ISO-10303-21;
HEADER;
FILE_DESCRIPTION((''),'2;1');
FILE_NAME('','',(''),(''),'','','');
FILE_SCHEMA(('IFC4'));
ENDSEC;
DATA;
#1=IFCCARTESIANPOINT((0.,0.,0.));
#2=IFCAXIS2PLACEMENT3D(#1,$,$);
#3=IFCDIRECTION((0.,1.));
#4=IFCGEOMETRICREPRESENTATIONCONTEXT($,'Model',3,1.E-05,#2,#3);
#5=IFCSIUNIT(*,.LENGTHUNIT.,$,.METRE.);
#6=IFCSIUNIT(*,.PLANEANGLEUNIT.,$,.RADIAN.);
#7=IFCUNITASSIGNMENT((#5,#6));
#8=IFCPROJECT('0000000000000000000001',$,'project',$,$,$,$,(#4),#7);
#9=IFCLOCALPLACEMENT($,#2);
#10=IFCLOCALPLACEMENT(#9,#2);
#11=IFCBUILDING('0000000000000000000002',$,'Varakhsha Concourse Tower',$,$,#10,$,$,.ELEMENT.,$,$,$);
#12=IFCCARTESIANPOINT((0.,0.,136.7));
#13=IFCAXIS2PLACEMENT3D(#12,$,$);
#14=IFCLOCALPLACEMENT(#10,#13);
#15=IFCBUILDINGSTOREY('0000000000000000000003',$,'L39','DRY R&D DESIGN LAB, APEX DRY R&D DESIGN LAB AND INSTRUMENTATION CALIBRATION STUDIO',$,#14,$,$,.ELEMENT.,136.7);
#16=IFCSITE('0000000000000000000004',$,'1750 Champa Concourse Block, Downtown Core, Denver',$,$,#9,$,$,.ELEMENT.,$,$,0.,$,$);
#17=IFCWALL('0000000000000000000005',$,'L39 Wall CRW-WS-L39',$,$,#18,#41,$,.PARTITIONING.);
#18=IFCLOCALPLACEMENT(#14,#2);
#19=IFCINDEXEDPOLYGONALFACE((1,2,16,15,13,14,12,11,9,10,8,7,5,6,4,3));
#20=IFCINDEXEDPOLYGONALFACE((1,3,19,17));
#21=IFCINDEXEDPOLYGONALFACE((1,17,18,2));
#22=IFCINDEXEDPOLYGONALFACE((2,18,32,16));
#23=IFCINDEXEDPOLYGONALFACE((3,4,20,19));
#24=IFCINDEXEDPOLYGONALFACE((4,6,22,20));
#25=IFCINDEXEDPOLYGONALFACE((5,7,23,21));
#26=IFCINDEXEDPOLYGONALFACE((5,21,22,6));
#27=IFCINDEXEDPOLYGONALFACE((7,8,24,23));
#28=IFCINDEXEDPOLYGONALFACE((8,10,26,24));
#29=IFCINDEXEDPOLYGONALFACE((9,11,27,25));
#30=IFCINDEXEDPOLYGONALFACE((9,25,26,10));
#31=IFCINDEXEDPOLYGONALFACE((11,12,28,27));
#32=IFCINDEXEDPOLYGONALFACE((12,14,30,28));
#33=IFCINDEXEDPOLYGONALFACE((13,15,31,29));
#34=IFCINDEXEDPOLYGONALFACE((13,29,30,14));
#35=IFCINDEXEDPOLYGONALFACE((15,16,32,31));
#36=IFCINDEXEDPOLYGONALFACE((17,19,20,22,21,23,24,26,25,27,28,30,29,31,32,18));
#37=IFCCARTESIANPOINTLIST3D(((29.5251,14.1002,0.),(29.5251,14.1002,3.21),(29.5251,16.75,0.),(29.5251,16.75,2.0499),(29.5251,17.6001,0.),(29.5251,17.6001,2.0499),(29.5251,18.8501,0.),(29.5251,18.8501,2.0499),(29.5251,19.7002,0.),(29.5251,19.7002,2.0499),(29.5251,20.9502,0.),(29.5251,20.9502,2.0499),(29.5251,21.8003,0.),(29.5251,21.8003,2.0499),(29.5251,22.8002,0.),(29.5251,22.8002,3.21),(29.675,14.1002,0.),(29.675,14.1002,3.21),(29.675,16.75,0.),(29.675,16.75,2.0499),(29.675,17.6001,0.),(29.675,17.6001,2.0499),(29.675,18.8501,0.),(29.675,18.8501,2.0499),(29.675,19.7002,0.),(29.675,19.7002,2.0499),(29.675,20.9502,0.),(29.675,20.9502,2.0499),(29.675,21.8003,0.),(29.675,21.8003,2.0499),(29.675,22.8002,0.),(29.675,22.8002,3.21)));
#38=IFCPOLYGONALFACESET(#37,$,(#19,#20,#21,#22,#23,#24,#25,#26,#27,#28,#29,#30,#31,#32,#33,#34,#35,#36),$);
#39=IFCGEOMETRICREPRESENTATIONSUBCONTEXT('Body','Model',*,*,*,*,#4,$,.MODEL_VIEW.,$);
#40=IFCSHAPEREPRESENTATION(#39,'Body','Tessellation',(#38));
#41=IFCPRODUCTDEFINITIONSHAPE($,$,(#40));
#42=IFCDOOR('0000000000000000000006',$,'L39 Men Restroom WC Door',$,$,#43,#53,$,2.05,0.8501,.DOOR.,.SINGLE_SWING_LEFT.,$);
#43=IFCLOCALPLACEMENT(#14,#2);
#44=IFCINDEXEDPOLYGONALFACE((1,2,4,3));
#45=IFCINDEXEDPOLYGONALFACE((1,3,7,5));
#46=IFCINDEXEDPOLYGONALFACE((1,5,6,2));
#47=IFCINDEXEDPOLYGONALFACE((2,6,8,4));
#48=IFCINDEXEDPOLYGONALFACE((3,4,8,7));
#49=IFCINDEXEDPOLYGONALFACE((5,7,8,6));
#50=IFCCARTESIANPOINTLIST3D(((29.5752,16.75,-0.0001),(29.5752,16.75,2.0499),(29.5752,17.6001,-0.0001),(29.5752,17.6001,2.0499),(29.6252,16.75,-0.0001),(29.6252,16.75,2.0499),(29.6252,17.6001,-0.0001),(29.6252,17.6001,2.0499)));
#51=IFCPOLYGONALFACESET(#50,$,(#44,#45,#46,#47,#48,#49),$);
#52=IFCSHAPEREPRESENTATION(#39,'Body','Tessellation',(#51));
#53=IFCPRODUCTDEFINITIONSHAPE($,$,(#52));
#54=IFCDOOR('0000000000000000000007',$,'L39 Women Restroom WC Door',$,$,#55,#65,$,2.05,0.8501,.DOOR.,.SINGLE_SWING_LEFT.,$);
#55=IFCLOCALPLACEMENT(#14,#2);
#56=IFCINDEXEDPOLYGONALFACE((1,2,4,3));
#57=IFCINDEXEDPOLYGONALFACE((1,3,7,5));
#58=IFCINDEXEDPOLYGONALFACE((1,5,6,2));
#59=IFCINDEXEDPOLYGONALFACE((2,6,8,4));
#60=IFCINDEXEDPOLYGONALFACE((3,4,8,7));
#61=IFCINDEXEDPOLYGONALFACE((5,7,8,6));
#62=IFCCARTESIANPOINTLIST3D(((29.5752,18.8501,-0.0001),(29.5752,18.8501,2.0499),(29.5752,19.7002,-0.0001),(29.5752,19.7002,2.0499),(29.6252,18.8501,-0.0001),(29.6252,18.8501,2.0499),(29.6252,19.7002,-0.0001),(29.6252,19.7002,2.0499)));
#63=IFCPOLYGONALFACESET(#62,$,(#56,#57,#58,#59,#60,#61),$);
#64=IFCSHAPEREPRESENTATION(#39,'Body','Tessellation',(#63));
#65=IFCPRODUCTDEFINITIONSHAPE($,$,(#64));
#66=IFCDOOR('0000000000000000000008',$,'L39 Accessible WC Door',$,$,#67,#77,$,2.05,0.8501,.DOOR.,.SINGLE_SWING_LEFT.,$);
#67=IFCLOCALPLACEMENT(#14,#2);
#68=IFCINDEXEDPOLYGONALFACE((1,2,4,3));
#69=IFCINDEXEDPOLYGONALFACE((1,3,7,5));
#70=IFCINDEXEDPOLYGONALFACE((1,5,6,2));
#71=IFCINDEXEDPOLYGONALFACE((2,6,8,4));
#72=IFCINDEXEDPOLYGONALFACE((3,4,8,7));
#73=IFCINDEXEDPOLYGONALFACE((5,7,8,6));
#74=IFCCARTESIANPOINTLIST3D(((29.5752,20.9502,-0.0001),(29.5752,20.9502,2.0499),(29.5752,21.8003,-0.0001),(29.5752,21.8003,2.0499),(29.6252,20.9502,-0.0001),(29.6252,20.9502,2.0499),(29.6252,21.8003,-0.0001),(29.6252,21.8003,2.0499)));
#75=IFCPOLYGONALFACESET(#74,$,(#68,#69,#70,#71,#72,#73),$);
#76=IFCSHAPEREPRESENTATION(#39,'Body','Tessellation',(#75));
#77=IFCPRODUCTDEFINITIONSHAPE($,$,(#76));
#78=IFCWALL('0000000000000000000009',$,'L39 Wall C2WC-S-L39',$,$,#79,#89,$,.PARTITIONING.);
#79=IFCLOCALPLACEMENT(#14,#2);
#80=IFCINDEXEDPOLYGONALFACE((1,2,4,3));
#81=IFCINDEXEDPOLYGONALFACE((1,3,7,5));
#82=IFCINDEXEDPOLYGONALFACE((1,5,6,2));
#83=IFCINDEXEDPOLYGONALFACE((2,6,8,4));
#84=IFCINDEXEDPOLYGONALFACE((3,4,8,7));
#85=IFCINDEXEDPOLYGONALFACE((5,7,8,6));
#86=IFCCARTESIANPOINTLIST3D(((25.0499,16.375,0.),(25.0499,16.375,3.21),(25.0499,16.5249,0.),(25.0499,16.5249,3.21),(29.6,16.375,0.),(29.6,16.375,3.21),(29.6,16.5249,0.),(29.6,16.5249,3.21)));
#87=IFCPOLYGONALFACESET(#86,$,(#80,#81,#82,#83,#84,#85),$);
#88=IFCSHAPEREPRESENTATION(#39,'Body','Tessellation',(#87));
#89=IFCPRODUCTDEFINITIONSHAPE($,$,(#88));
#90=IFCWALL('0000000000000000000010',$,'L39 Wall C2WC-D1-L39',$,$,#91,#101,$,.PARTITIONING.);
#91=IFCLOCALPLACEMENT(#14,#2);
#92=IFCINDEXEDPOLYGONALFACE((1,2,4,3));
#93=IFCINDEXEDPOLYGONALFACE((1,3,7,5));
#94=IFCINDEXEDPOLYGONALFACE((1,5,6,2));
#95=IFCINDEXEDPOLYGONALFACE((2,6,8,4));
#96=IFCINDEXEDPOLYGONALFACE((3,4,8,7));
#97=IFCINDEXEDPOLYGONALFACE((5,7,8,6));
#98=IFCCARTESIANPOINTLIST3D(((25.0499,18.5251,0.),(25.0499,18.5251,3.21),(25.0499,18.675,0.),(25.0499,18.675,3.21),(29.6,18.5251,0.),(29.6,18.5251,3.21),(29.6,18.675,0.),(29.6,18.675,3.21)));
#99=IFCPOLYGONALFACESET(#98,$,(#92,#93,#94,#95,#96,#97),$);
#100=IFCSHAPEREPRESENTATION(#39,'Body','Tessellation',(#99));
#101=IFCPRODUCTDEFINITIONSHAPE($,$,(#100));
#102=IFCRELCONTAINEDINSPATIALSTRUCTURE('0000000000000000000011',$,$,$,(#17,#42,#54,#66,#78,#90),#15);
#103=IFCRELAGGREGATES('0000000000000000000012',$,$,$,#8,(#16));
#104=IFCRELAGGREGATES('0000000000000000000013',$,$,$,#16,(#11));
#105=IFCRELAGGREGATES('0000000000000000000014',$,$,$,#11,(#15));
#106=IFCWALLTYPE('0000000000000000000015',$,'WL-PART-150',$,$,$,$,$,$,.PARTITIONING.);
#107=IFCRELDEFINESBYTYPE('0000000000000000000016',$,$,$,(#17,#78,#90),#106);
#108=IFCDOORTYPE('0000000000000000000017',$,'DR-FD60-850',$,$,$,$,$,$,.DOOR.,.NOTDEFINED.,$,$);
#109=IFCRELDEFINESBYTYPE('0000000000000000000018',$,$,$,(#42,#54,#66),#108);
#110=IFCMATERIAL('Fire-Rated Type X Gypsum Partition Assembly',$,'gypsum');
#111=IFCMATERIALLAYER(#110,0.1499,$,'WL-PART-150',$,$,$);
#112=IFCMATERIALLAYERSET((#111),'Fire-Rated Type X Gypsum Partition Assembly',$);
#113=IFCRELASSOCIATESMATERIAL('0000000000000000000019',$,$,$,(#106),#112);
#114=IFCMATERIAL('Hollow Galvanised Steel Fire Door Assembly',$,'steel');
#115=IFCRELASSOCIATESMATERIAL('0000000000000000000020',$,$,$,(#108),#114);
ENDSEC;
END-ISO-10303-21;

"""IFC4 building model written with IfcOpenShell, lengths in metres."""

from ifc_helpers import new_model, si_unit, direction, frame, frame_2d, origin, place, context, subcontext, project, spatial, rectangle, extrude, material, layer, layer_set, type_object, element, fill, save


model = new_model("IFC4")

# Units and contexts
model_context = context("Model", 3, precision=1e-05, world=origin(), true_north=direction((0.0, 1.0)))
body_context = subcontext(model_context, "Body", "Model", "MODEL_VIEW")
ifc_project = project(units=[si_unit("LENGTHUNIT", "METRE"), si_unit("PLANEANGLEUNIT", "RADIAN")], contexts=[model_context])

# Site, building, storey
site_placement = place(None, origin())
site = spatial("IfcSite", under=ifc_project, at=site_placement, Name="1750 Champa Concourse Block, Downtown Core, Denver", CompositionType="ELEMENT", RefElevation=0.0)
building_placement = place(site_placement, origin())
building = spatial("IfcBuilding", under=site, at=building_placement, Name="Varakhsha Concourse Tower", CompositionType="ELEMENT")
storey_placement = place(building_placement, frame((0.0, 0.0, 136.7)))
storey = spatial("IfcBuildingStorey", under=building, at=storey_placement, Name="L39", Description="DRY R&D DESIGN LAB, APEX DRY R&D DESIGN LAB AND INSTRUMENTATION CALIBRATION STUDIO", CompositionType="ELEMENT", Elevation=136.7)

# Wall, openings, doors
ifc_material_1 = material(Name="Fire-Rated Type X Gypsum Partition Assembly", Category="gypsum")
ifc_layer = layer(ifc_material_1, 0.1499, Name="WL-PART-150")
ifc_layer_set = layer_set([ifc_layer], Name="Fire-Rated Type X Gypsum Partition Assembly")
wall_type = type_object("IfcWallType", Name="WL-PART-150", PredefinedType="PARTITIONING", material=ifc_layer_set)
ifc_material_2 = material(Name="Hollow Galvanised Steel Fire Door Assembly", Category="steel")
wall_1_placement = place(storey_placement, frame((29.6001, 14.1001, 0.0), z_axis=(0.0, 0.0, 1.0), x_axis=(0.0, 1.0, 0.0)))
wall_1 = element("IfcWall", 1, at=wall_1_placement, inside=storey, type_object=wall_type, Name="L39 Wall CRW-WS-L39", PredefinedType="PARTITIONING", context=body_context, shape_type="SweptSolid", body=[
    extrude(rectangle(XDim=8.7, YDim=0.1499, at=frame_2d((4.3501, 0.0))), origin(), (0.0, 0.0, 1.0), 3.21),
])
opening_1_placement = place(wall_1_placement, frame((2.6499, 0.0, 0.0)))
opening_1 = element("IfcOpeningElement", 2, at=opening_1_placement, cuts=wall_1, PredefinedType="OPENING", context=body_context, shape_type="SweptSolid", body=[
    extrude(rectangle(XDim=0.8501, YDim=2.05, at=frame_2d((0.425, 1.0249))), frame((0.0, 0.085, 0.0), z_axis=(0.0, -1.0, 0.0), x_axis=(1.0, 0.0, 0.0)), (0.0, 0.0, 1.0), 0.1699),
])
opening_2_placement = place(wall_1_placement, frame((4.75, 0.0, 0.0)))
opening_2 = element("IfcOpeningElement", 3, at=opening_2_placement, cuts=wall_1, PredefinedType="OPENING", context=body_context, shape_type="SweptSolid", body=[
    extrude(rectangle(XDim=0.8501, YDim=2.05, at=frame_2d((0.425, 1.0249))), frame((0.0, 0.085, 0.0), z_axis=(0.0, -1.0, 0.0), x_axis=(1.0, 0.0, 0.0)), (0.0, 0.0, 1.0), 0.1699),
])
opening_3_placement = place(wall_1_placement, frame((6.8501, 0.0, 0.0)))
opening_3 = element("IfcOpeningElement", 4, at=opening_3_placement, cuts=wall_1, PredefinedType="OPENING", context=body_context, shape_type="SweptSolid", body=[
    extrude(rectangle(XDim=0.8501, YDim=2.05, at=frame_2d((0.425, 1.0249))), frame((0.0, 0.085, 0.0), z_axis=(0.0, -1.0, 0.0), x_axis=(1.0, 0.0, 0.0)), (0.0, 0.0, 1.0), 0.1699),
])
door_type_1 = type_object("IfcDoorType", Name="DR-FD60-850", OperationType="NOTDEFINED", PredefinedType="DOOR", material=ifc_material_2)
door_1_placement = place(opening_1_placement, origin())
door_1 = element("IfcDoor", 5, at=door_1_placement, inside=storey, type_object=door_type_1, Name="L39 Men Restroom WC Door", OperationType="SINGLE_SWING_LEFT", OverallHeight=2.05, OverallWidth=0.8501, PredefinedType="DOOR", context=body_context, shape_type="SweptSolid", body=[
    extrude(rectangle(XDim=0.8501, YDim=2.05, at=frame_2d((0.425, 1.0249))), frame((0.0, 0.0249, 0.0), z_axis=(0.0, -1.0, 0.0), x_axis=(1.0, 0.0, 0.0)), (0.0, 0.0, 1.0), 0.05),
])
fill(opening_1, door_1)
door_2_placement = place(opening_2_placement, origin())
door_2 = element("IfcDoor", 6, at=door_2_placement, inside=storey, type_object=door_type_1, Name="L39 Women Restroom WC Door", OperationType="SINGLE_SWING_LEFT", OverallHeight=2.05, OverallWidth=0.8501, PredefinedType="DOOR", context=body_context, shape_type="SweptSolid", body=[
    extrude(rectangle(XDim=0.8501, YDim=2.05, at=frame_2d((0.425, 1.0249))), frame((0.0, 0.0249, 0.0), z_axis=(0.0, -1.0, 0.0), x_axis=(1.0, 0.0, 0.0)), (0.0, 0.0, 1.0), 0.05),
])
fill(opening_2, door_2)
door_3_placement = place(opening_3_placement, origin())
door_3 = element("IfcDoor", 7, at=door_3_placement, inside=storey, type_object=door_type_1, Name="L39 Accessible WC Door", OperationType="SINGLE_SWING_LEFT", OverallHeight=2.05, OverallWidth=0.8501, PredefinedType="DOOR", context=body_context, shape_type="SweptSolid", body=[
    extrude(rectangle(XDim=0.8501, YDim=2.05, at=frame_2d((0.425, 1.0249))), frame((0.0, 0.0249, 0.0), z_axis=(0.0, -1.0, 0.0), x_axis=(1.0, 0.0, 0.0)), (0.0, 0.0, 1.0), 0.05),
])
fill(opening_3, door_3)

# Walls
for number, where, z_axis, x_axis, name in (
    (8, (25.05, 16.45, 0.0), (0.0, 0.0, 1.0), (1.0, 0.0, 0.0), "L39 Wall C2WC-S-L39"),
    (9, (25.05, 18.6001, 0.0), (0.0, 0.0, 1.0), (1.0, 0.0, 0.0), "L39 Wall C2WC-D1-L39"),
):
    element("IfcWall", number, at=place(storey_placement, frame(where, z_axis=z_axis, x_axis=x_axis)), inside=storey, type_object=wall_type, Name=name, PredefinedType="PARTITIONING", context=body_context, shape_type="SweptSolid", body=[
        extrude(rectangle(XDim=4.55, YDim=0.1499, at=frame_2d((2.2749, 0.0))), origin(), (0.0, 0.0, 1.0), 3.21),
    ])

save(model, "model.ifc")
